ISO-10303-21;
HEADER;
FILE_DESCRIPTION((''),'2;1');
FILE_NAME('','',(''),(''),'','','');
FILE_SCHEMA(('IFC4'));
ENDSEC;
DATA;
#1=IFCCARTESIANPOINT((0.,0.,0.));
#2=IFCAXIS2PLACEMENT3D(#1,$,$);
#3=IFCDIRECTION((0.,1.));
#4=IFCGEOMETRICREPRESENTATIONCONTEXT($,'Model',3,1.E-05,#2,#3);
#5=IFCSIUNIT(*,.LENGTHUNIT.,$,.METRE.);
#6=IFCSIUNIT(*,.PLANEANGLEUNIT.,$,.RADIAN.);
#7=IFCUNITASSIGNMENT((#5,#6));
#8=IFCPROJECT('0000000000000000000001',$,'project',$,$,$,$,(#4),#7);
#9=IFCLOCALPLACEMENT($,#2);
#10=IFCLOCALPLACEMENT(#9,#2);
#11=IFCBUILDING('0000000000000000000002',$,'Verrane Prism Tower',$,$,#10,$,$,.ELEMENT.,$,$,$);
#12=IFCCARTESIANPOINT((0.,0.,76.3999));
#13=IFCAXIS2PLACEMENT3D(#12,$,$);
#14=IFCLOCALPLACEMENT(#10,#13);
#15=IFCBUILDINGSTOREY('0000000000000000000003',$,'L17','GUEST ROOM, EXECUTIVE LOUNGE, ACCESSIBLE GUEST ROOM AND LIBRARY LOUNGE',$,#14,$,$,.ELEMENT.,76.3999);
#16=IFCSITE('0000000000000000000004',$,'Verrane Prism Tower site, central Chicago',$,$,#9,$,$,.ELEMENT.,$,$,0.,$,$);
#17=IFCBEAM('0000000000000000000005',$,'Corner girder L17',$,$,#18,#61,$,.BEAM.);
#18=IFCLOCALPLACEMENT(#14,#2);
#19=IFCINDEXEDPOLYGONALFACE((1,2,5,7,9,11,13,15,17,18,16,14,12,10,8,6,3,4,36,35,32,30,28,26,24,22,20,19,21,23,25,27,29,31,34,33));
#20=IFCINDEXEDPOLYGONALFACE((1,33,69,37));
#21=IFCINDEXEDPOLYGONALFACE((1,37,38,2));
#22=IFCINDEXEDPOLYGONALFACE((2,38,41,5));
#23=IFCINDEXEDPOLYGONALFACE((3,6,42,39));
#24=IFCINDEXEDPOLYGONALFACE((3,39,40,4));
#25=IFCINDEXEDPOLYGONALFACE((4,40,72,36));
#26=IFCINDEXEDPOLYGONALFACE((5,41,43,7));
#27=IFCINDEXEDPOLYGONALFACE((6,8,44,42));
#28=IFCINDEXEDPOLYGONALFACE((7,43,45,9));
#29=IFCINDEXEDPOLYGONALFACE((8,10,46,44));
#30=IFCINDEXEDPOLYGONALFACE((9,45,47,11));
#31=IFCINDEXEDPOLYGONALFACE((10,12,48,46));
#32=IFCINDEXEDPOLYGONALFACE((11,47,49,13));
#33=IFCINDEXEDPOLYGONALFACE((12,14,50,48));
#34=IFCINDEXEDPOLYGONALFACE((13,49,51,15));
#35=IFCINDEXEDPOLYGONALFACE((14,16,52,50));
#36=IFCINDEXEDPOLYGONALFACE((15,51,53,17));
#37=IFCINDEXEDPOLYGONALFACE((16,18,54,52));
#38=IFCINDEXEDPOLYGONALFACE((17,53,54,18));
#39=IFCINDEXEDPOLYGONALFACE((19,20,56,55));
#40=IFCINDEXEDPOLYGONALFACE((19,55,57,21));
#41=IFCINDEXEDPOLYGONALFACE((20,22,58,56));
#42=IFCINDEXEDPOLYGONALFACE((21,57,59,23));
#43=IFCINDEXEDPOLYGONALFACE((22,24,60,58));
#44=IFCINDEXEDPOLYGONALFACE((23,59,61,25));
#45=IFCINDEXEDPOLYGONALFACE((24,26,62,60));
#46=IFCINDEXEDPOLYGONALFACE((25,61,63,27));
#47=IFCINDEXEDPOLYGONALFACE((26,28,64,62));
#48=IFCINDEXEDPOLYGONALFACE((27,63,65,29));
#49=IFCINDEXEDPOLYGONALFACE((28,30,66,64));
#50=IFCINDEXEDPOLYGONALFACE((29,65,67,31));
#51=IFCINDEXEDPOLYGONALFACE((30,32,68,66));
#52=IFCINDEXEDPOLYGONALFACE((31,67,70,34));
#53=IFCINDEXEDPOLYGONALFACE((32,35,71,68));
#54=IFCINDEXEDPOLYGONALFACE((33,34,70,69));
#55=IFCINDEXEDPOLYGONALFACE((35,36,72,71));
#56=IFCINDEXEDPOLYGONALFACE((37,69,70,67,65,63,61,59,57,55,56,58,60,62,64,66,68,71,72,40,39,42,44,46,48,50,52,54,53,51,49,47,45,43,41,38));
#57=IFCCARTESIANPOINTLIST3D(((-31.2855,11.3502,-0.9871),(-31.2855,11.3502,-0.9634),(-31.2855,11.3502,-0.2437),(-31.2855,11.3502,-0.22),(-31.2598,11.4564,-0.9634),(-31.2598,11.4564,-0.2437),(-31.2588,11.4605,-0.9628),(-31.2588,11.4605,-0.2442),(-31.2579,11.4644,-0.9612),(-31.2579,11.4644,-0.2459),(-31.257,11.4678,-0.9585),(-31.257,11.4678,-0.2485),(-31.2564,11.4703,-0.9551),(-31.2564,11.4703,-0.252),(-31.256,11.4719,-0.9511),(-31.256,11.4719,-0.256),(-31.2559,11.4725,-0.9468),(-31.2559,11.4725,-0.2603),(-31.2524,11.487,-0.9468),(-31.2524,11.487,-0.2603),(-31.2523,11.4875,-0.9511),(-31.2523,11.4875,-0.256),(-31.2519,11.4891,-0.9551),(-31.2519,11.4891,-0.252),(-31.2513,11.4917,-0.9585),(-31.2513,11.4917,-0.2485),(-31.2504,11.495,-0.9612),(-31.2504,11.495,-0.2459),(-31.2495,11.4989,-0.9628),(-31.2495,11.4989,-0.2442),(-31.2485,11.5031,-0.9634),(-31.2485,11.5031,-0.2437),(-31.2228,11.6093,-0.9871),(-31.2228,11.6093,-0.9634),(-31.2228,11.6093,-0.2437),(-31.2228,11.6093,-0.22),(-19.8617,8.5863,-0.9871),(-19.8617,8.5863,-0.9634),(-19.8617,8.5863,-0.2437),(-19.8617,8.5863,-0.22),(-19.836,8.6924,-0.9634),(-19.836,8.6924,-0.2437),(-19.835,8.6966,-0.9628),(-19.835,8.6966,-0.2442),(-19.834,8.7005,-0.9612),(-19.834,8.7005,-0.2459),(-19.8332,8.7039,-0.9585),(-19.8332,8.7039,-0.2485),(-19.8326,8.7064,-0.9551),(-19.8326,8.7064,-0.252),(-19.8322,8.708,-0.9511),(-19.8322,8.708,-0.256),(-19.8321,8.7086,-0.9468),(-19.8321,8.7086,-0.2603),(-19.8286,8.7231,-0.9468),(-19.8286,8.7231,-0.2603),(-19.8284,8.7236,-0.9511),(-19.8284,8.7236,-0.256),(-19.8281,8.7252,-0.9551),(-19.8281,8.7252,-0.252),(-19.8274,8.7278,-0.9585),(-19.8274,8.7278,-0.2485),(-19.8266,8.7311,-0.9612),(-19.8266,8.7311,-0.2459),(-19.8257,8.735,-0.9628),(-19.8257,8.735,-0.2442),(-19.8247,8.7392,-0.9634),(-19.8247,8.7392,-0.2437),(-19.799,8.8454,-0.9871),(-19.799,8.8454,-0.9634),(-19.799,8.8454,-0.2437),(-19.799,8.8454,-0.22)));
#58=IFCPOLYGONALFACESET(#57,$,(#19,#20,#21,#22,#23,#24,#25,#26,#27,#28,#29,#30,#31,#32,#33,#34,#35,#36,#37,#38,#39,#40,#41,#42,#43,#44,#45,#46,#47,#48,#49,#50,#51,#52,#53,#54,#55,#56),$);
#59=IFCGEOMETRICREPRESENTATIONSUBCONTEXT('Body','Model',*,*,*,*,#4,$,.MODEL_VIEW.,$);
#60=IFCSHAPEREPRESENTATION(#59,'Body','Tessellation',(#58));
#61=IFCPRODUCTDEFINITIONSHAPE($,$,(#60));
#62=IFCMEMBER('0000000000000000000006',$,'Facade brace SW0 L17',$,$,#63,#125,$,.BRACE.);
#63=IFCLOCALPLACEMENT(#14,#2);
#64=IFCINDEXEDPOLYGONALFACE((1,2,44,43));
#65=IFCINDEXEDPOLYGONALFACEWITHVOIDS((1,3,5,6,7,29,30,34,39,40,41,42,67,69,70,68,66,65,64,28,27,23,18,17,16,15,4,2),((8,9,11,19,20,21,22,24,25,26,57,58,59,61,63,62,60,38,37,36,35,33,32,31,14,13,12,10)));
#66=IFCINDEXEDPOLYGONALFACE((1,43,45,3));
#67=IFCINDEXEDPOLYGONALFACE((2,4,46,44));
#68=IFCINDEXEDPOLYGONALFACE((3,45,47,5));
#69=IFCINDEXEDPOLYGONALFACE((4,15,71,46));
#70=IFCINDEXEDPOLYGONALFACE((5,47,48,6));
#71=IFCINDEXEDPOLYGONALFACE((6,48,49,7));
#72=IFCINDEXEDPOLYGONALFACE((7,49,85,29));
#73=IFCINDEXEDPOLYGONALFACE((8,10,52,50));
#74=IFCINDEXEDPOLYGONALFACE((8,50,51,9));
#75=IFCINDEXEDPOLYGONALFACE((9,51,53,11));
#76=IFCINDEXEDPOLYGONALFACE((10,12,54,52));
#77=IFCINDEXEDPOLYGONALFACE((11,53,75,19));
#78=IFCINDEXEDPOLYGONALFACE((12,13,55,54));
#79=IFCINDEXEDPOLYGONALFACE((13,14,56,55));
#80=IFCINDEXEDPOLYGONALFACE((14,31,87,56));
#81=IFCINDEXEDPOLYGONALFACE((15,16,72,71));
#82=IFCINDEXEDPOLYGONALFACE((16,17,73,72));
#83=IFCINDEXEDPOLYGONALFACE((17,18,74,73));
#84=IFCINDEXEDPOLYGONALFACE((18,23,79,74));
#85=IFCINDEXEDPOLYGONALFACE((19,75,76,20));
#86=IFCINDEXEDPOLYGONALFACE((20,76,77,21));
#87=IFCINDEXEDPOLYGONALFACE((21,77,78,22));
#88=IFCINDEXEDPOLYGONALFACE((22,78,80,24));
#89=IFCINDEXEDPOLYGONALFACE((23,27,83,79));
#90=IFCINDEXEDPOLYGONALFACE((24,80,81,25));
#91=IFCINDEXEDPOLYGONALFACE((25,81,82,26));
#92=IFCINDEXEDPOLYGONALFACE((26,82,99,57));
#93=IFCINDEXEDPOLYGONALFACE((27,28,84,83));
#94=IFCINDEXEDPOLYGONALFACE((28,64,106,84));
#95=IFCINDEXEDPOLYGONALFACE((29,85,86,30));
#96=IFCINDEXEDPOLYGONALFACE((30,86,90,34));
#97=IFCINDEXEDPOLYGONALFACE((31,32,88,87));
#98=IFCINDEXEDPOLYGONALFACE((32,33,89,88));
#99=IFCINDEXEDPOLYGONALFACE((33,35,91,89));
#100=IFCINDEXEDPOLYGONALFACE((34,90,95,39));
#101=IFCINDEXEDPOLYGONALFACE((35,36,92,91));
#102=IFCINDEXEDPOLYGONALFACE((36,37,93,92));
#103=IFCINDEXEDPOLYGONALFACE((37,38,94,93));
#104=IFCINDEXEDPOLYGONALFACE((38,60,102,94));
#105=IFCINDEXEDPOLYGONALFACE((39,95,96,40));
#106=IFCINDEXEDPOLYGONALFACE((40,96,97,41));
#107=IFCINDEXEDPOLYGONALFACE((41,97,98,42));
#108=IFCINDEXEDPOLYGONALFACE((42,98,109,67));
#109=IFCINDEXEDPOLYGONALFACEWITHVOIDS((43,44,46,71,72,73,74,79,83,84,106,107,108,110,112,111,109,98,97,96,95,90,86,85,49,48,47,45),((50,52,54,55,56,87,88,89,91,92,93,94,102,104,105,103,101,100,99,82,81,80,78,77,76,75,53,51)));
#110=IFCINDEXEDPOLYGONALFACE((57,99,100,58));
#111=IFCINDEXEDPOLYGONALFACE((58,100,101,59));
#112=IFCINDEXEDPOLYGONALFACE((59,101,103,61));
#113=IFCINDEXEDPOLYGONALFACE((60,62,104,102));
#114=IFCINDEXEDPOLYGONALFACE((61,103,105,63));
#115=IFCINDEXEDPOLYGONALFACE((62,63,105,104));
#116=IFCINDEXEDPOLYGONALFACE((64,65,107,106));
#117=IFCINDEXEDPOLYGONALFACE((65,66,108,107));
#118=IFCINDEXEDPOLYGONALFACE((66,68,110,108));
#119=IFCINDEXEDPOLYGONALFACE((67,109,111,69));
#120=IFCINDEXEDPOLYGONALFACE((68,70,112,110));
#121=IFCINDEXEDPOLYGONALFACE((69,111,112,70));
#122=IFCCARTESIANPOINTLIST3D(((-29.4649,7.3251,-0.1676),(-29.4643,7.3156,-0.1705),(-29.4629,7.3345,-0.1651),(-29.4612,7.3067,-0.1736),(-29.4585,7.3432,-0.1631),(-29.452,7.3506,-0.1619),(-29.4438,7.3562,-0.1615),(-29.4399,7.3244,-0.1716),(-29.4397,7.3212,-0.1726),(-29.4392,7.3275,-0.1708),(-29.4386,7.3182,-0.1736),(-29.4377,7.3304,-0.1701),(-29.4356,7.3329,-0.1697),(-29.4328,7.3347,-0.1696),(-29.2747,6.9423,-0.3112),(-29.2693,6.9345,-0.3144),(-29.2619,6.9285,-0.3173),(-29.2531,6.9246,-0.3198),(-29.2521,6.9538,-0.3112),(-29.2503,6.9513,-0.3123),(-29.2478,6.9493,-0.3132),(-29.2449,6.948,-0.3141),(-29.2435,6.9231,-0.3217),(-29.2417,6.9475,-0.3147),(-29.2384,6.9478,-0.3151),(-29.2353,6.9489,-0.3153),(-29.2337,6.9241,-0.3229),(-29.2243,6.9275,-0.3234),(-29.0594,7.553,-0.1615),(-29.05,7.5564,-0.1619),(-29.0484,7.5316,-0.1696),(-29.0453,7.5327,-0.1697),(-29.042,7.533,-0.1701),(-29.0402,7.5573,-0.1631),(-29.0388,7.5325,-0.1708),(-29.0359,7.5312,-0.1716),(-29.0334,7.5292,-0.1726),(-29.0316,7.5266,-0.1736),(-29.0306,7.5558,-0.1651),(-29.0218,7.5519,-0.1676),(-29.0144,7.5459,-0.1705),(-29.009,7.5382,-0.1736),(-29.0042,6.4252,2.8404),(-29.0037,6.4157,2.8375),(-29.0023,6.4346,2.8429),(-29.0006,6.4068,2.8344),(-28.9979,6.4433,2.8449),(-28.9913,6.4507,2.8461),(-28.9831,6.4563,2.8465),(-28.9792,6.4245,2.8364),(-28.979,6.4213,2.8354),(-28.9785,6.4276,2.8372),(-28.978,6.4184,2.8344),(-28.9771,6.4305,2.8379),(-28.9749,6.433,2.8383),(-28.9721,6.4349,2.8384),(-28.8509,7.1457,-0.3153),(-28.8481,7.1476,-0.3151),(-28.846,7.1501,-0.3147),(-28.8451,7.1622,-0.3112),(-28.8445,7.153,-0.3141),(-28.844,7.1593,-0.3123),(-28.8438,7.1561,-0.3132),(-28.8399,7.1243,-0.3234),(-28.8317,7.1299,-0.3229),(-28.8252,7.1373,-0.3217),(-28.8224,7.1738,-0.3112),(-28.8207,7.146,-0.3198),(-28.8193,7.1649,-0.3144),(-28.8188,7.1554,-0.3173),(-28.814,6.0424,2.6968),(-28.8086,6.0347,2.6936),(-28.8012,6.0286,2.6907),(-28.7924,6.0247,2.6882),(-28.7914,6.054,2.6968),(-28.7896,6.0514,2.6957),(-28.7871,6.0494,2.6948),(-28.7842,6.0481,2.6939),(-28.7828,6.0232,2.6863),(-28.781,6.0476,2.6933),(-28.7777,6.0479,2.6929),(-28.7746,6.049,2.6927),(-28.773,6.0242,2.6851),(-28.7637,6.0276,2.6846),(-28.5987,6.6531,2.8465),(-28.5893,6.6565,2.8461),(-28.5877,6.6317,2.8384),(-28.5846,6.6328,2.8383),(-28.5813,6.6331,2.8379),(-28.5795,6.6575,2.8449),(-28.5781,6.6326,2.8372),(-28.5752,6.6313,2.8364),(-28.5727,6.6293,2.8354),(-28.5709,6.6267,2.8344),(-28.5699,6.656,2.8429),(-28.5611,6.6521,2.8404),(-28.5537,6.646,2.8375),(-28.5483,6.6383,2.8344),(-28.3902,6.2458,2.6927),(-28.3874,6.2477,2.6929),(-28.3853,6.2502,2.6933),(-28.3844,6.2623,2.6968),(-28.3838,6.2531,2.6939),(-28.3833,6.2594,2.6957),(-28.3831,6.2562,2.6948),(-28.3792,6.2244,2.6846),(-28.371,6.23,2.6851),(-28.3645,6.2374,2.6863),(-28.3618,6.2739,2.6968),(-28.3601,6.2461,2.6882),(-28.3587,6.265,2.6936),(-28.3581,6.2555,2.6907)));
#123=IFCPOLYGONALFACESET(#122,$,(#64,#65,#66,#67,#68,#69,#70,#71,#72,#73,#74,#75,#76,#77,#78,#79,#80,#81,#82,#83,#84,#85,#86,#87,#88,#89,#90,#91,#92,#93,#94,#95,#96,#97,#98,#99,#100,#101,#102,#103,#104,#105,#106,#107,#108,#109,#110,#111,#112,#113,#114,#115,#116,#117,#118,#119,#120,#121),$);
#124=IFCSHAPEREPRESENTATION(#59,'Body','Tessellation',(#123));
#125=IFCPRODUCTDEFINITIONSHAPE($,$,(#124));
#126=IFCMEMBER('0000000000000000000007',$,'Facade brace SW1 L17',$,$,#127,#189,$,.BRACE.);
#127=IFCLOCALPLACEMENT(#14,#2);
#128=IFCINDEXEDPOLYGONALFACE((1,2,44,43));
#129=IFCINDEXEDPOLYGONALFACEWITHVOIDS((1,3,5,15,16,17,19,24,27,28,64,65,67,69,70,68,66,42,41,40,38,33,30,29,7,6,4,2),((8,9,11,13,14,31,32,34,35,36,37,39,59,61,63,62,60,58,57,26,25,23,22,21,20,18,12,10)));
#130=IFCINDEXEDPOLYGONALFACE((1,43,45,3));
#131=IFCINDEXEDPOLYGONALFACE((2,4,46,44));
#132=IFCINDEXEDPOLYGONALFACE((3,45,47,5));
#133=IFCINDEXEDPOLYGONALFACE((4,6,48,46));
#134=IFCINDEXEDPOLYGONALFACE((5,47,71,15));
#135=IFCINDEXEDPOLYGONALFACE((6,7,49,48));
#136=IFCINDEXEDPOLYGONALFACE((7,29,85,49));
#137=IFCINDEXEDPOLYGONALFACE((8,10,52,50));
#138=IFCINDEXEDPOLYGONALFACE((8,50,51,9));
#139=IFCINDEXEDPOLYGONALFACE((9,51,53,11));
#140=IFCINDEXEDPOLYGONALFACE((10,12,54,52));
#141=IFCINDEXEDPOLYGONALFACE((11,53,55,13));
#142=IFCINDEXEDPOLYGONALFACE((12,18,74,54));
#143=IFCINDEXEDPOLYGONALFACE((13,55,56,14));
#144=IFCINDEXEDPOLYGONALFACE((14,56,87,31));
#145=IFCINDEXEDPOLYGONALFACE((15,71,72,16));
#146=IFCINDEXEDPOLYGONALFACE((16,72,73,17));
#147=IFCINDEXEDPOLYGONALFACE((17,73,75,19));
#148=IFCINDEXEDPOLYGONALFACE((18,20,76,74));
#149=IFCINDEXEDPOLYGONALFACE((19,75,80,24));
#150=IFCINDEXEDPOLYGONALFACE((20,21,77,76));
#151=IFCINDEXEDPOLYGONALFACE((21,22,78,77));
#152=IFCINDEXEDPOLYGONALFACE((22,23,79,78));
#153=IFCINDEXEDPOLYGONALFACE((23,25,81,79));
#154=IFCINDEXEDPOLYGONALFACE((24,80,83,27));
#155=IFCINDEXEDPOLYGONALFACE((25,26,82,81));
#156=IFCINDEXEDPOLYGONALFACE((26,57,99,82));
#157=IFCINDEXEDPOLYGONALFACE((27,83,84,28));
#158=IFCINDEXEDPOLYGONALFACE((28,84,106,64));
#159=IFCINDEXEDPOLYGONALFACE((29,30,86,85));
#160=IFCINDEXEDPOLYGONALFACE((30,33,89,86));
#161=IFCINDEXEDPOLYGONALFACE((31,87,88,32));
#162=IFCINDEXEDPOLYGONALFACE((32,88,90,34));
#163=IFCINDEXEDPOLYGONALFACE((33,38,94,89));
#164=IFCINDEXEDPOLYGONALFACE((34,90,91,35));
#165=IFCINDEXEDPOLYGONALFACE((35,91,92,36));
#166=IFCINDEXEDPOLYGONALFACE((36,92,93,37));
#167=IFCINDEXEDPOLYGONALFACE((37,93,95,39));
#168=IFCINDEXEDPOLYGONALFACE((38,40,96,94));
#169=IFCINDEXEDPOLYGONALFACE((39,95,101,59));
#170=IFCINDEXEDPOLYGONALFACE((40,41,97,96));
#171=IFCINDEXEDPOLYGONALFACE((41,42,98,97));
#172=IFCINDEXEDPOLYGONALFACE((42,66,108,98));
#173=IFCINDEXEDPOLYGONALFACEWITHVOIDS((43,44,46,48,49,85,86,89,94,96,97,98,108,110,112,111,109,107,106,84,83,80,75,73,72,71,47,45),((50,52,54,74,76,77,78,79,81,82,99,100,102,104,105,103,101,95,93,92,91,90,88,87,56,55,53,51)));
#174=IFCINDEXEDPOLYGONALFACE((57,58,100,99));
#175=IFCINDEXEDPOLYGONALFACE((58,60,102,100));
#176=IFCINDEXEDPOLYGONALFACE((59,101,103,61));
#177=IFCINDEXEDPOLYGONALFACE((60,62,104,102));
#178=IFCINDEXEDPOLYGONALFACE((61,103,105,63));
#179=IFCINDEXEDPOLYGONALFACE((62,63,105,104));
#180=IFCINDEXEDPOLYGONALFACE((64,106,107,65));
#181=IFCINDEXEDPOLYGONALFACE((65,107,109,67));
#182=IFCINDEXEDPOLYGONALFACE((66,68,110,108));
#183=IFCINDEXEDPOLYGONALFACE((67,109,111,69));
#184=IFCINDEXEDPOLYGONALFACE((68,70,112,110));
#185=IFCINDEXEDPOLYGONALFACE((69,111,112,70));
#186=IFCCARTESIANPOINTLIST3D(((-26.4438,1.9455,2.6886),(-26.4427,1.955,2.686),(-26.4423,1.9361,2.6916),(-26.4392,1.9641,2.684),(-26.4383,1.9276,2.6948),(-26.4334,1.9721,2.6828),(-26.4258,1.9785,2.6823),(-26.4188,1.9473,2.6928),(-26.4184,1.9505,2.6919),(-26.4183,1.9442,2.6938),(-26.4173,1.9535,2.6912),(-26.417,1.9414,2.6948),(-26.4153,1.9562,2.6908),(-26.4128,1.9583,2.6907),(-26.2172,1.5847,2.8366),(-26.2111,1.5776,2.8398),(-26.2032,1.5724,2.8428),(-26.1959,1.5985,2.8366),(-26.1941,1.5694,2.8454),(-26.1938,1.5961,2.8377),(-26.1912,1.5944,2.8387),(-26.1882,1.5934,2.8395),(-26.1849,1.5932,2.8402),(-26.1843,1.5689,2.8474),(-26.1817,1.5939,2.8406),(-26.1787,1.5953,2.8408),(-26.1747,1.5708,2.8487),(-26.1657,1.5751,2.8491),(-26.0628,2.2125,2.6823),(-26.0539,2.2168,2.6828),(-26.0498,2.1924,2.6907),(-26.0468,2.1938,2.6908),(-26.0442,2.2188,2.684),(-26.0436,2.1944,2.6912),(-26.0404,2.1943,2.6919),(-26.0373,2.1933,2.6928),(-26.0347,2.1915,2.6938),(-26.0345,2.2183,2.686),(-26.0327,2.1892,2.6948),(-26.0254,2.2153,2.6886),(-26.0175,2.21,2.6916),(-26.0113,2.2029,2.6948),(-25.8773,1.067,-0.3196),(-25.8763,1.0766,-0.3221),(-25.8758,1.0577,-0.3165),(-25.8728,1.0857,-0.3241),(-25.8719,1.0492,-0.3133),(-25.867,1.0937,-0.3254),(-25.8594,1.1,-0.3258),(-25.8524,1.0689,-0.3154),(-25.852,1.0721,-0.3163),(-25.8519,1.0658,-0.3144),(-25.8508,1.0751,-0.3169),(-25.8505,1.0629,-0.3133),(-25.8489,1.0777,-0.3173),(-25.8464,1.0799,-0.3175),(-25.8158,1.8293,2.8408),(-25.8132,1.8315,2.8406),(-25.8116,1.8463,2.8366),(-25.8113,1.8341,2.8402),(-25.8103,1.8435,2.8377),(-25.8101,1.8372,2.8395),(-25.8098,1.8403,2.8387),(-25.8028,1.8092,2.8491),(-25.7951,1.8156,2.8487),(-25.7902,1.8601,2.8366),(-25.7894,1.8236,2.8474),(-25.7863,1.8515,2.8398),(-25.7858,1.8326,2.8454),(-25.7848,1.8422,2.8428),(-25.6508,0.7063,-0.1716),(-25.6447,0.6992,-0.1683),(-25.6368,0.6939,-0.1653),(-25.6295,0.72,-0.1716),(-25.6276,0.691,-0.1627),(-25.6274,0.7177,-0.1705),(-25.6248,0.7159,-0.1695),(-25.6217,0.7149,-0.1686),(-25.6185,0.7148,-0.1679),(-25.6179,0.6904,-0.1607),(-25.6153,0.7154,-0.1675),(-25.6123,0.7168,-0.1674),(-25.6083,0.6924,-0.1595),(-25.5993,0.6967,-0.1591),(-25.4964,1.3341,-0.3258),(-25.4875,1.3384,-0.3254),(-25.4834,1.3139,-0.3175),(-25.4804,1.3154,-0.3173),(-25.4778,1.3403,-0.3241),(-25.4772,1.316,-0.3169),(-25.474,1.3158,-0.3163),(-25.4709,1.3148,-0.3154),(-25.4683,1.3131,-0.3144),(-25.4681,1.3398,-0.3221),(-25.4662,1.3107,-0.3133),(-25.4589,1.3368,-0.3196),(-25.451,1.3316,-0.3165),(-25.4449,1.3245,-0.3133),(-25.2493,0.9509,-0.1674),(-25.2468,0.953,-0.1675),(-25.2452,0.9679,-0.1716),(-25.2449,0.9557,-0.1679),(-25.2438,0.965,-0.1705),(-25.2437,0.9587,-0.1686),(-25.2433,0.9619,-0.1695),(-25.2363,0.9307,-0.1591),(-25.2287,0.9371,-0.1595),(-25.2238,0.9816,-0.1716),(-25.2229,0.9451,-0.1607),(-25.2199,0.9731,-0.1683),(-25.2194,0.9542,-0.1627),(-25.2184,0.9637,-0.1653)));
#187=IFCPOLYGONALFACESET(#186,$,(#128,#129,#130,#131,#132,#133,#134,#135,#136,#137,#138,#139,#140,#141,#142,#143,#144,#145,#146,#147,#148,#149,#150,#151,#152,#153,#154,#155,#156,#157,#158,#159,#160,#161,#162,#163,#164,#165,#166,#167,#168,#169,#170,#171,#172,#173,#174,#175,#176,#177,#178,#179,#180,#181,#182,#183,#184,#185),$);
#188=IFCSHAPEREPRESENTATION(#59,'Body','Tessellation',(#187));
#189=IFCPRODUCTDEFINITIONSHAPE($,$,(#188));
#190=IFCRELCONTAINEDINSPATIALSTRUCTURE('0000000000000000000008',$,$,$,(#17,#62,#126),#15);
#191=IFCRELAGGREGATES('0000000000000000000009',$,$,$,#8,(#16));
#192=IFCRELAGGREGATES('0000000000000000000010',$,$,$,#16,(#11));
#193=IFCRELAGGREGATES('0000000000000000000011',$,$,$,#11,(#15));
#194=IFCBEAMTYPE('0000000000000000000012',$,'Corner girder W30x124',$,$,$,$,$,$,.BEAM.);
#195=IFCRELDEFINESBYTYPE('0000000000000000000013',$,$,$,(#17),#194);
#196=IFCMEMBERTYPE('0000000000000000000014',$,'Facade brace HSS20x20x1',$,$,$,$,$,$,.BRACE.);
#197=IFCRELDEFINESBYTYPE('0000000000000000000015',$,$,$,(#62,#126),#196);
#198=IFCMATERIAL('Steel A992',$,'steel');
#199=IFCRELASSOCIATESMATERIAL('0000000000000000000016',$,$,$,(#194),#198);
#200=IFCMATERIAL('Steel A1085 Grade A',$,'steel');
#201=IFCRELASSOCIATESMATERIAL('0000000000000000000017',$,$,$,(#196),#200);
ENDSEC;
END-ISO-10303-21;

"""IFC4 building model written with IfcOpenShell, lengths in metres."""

from ifc_helpers import new_model, si_unit, direction, frame, origin, origin_2d, place, context, subcontext, project, spatial, hollow_rectangle, i_section, extrude, material, material_profile, profile_set, type_object, element, save


model = new_model("IFC4")

# Units and contexts
model_context = context("Model", 3, precision=1e-05, world=origin(), true_north=direction((0.0, 1.0)))
body_context = subcontext(model_context, "Body", "Model", "MODEL_VIEW")
ifc_project = project(units=[si_unit("LENGTHUNIT", "METRE"), si_unit("PLANEANGLEUNIT", "RADIAN")], contexts=[model_context])

# Site, building, storey
site_placement = place(None, origin())
site = spatial("IfcSite", under=ifc_project, at=site_placement, Name="Verrane Prism Tower site, central Chicago", CompositionType="ELEMENT", RefElevation=0.0)
building_placement = place(site_placement, origin())
building = spatial("IfcBuilding", under=site, at=building_placement, Name="Verrane Prism Tower", CompositionType="ELEMENT")
storey_placement = place(building_placement, frame((0.0, 0.0, 76.3999)))
storey = spatial("IfcBuildingStorey", under=building, at=storey_placement, Name="L17", Description="GUEST ROOM, EXECUTIVE LOUNGE, ACCESSIBLE GUEST ROOM AND LIBRARY LOUNGE", CompositionType="ELEMENT", Elevation=76.3999)

# Beam
ifc_material_1 = material(Name="Steel A992", Category="steel")
ifc_material_profile_1 = material_profile(ifc_material_1, i_section(OverallWidth=0.2666, OverallDepth=0.7671, WebThickness=0.0149, FlangeThickness=0.0237, FilletRadius=0.0166, at=origin_2d()), Name="W30x124")
ifc_profile_set_1 = profile_set([ifc_material_profile_1], Name="Steel A992")
beam_type_1 = type_object("IfcBeamType", Name="Corner girder W30x124", PredefinedType="BEAM", material=ifc_profile_set_1)
beam_1_placement = place(storey_placement, frame((-31.2542, 11.4797, -0.6035), z_axis=(0.971957, -0.235158, 0.0), x_axis=(0.235158, 0.971957, 0.0)))
element("IfcBeam", 1, at=beam_1_placement, inside=storey, type_object=beam_type_1, Name="Corner girder L17", PredefinedType="BEAM", context=body_context, shape_type="SweptSolid", body=[
    extrude(i_section(OverallWidth=0.2666, OverallDepth=0.7671, WebThickness=0.0149, FlangeThickness=0.0237, FilletRadius=0.0166, at=origin_2d()), origin(), (0.0, 0.0, 1.0), 11.7534),
])

# Members
ifc_material_2 = material(Name="Steel A1085 Grade A", Category="steel")
ifc_material_profile_2 = material_profile(ifc_material_2, hollow_rectangle(XDim=0.5081, YDim=0.5081, WallThickness=0.0254, InnerFilletRadius=0.0127, OuterFilletRadius=0.0381, at=origin_2d()), Name="HSS20x20x1")
ifc_profile_set_2 = profile_set([ifc_material_profile_2], Name="Steel A1085 Grade A")
member_type_1 = type_object("IfcMemberType", Name="Facade brace HSS20x20x1", PredefinedType="BRACE", material=ifc_profile_set_2)
member_1_placement = place(storey_placement, frame((-29.1418, 7.2402, -0.2424), z_axis=(0.145173, -0.283577, 0.947897), x_axis=(0.890137, 0.455694, 0.0)))
element("IfcMember", 2, at=member_1_placement, inside=storey, type_object=member_type_1, Name="Facade brace SW0 L17", PredefinedType="BRACE", context=body_context, shape_type="SweptSolid", body=[
    extrude(hollow_rectangle(XDim=0.5081, YDim=0.5081, WallThickness=0.0254, InnerFilletRadius=0.0127, OuterFilletRadius=0.0381, at=origin_2d()), origin(), (0.0, 0.0, 1.0), 3.1733),
])
member_2_placement = place(storey_placement, frame((-25.5479, 1.0154, -0.2424), z_axis=(-0.177865, 0.275844, 0.944602), x_axis=(-0.840434, -0.541914, 0.0)))
element("IfcMember", 3, at=member_2_placement, inside=storey, type_object=member_type_1, Name="Facade brace SW1 L17", PredefinedType="BRACE", context=body_context, shape_type="SweptSolid", body=[
    extrude(hollow_rectangle(XDim=0.5081, YDim=0.5081, WallThickness=0.0254, InnerFilletRadius=0.0127, OuterFilletRadius=0.0381, at=origin_2d()), origin(), (0.0, 0.0, 1.0), 3.1846),
])

save(model, "model.ifc")
